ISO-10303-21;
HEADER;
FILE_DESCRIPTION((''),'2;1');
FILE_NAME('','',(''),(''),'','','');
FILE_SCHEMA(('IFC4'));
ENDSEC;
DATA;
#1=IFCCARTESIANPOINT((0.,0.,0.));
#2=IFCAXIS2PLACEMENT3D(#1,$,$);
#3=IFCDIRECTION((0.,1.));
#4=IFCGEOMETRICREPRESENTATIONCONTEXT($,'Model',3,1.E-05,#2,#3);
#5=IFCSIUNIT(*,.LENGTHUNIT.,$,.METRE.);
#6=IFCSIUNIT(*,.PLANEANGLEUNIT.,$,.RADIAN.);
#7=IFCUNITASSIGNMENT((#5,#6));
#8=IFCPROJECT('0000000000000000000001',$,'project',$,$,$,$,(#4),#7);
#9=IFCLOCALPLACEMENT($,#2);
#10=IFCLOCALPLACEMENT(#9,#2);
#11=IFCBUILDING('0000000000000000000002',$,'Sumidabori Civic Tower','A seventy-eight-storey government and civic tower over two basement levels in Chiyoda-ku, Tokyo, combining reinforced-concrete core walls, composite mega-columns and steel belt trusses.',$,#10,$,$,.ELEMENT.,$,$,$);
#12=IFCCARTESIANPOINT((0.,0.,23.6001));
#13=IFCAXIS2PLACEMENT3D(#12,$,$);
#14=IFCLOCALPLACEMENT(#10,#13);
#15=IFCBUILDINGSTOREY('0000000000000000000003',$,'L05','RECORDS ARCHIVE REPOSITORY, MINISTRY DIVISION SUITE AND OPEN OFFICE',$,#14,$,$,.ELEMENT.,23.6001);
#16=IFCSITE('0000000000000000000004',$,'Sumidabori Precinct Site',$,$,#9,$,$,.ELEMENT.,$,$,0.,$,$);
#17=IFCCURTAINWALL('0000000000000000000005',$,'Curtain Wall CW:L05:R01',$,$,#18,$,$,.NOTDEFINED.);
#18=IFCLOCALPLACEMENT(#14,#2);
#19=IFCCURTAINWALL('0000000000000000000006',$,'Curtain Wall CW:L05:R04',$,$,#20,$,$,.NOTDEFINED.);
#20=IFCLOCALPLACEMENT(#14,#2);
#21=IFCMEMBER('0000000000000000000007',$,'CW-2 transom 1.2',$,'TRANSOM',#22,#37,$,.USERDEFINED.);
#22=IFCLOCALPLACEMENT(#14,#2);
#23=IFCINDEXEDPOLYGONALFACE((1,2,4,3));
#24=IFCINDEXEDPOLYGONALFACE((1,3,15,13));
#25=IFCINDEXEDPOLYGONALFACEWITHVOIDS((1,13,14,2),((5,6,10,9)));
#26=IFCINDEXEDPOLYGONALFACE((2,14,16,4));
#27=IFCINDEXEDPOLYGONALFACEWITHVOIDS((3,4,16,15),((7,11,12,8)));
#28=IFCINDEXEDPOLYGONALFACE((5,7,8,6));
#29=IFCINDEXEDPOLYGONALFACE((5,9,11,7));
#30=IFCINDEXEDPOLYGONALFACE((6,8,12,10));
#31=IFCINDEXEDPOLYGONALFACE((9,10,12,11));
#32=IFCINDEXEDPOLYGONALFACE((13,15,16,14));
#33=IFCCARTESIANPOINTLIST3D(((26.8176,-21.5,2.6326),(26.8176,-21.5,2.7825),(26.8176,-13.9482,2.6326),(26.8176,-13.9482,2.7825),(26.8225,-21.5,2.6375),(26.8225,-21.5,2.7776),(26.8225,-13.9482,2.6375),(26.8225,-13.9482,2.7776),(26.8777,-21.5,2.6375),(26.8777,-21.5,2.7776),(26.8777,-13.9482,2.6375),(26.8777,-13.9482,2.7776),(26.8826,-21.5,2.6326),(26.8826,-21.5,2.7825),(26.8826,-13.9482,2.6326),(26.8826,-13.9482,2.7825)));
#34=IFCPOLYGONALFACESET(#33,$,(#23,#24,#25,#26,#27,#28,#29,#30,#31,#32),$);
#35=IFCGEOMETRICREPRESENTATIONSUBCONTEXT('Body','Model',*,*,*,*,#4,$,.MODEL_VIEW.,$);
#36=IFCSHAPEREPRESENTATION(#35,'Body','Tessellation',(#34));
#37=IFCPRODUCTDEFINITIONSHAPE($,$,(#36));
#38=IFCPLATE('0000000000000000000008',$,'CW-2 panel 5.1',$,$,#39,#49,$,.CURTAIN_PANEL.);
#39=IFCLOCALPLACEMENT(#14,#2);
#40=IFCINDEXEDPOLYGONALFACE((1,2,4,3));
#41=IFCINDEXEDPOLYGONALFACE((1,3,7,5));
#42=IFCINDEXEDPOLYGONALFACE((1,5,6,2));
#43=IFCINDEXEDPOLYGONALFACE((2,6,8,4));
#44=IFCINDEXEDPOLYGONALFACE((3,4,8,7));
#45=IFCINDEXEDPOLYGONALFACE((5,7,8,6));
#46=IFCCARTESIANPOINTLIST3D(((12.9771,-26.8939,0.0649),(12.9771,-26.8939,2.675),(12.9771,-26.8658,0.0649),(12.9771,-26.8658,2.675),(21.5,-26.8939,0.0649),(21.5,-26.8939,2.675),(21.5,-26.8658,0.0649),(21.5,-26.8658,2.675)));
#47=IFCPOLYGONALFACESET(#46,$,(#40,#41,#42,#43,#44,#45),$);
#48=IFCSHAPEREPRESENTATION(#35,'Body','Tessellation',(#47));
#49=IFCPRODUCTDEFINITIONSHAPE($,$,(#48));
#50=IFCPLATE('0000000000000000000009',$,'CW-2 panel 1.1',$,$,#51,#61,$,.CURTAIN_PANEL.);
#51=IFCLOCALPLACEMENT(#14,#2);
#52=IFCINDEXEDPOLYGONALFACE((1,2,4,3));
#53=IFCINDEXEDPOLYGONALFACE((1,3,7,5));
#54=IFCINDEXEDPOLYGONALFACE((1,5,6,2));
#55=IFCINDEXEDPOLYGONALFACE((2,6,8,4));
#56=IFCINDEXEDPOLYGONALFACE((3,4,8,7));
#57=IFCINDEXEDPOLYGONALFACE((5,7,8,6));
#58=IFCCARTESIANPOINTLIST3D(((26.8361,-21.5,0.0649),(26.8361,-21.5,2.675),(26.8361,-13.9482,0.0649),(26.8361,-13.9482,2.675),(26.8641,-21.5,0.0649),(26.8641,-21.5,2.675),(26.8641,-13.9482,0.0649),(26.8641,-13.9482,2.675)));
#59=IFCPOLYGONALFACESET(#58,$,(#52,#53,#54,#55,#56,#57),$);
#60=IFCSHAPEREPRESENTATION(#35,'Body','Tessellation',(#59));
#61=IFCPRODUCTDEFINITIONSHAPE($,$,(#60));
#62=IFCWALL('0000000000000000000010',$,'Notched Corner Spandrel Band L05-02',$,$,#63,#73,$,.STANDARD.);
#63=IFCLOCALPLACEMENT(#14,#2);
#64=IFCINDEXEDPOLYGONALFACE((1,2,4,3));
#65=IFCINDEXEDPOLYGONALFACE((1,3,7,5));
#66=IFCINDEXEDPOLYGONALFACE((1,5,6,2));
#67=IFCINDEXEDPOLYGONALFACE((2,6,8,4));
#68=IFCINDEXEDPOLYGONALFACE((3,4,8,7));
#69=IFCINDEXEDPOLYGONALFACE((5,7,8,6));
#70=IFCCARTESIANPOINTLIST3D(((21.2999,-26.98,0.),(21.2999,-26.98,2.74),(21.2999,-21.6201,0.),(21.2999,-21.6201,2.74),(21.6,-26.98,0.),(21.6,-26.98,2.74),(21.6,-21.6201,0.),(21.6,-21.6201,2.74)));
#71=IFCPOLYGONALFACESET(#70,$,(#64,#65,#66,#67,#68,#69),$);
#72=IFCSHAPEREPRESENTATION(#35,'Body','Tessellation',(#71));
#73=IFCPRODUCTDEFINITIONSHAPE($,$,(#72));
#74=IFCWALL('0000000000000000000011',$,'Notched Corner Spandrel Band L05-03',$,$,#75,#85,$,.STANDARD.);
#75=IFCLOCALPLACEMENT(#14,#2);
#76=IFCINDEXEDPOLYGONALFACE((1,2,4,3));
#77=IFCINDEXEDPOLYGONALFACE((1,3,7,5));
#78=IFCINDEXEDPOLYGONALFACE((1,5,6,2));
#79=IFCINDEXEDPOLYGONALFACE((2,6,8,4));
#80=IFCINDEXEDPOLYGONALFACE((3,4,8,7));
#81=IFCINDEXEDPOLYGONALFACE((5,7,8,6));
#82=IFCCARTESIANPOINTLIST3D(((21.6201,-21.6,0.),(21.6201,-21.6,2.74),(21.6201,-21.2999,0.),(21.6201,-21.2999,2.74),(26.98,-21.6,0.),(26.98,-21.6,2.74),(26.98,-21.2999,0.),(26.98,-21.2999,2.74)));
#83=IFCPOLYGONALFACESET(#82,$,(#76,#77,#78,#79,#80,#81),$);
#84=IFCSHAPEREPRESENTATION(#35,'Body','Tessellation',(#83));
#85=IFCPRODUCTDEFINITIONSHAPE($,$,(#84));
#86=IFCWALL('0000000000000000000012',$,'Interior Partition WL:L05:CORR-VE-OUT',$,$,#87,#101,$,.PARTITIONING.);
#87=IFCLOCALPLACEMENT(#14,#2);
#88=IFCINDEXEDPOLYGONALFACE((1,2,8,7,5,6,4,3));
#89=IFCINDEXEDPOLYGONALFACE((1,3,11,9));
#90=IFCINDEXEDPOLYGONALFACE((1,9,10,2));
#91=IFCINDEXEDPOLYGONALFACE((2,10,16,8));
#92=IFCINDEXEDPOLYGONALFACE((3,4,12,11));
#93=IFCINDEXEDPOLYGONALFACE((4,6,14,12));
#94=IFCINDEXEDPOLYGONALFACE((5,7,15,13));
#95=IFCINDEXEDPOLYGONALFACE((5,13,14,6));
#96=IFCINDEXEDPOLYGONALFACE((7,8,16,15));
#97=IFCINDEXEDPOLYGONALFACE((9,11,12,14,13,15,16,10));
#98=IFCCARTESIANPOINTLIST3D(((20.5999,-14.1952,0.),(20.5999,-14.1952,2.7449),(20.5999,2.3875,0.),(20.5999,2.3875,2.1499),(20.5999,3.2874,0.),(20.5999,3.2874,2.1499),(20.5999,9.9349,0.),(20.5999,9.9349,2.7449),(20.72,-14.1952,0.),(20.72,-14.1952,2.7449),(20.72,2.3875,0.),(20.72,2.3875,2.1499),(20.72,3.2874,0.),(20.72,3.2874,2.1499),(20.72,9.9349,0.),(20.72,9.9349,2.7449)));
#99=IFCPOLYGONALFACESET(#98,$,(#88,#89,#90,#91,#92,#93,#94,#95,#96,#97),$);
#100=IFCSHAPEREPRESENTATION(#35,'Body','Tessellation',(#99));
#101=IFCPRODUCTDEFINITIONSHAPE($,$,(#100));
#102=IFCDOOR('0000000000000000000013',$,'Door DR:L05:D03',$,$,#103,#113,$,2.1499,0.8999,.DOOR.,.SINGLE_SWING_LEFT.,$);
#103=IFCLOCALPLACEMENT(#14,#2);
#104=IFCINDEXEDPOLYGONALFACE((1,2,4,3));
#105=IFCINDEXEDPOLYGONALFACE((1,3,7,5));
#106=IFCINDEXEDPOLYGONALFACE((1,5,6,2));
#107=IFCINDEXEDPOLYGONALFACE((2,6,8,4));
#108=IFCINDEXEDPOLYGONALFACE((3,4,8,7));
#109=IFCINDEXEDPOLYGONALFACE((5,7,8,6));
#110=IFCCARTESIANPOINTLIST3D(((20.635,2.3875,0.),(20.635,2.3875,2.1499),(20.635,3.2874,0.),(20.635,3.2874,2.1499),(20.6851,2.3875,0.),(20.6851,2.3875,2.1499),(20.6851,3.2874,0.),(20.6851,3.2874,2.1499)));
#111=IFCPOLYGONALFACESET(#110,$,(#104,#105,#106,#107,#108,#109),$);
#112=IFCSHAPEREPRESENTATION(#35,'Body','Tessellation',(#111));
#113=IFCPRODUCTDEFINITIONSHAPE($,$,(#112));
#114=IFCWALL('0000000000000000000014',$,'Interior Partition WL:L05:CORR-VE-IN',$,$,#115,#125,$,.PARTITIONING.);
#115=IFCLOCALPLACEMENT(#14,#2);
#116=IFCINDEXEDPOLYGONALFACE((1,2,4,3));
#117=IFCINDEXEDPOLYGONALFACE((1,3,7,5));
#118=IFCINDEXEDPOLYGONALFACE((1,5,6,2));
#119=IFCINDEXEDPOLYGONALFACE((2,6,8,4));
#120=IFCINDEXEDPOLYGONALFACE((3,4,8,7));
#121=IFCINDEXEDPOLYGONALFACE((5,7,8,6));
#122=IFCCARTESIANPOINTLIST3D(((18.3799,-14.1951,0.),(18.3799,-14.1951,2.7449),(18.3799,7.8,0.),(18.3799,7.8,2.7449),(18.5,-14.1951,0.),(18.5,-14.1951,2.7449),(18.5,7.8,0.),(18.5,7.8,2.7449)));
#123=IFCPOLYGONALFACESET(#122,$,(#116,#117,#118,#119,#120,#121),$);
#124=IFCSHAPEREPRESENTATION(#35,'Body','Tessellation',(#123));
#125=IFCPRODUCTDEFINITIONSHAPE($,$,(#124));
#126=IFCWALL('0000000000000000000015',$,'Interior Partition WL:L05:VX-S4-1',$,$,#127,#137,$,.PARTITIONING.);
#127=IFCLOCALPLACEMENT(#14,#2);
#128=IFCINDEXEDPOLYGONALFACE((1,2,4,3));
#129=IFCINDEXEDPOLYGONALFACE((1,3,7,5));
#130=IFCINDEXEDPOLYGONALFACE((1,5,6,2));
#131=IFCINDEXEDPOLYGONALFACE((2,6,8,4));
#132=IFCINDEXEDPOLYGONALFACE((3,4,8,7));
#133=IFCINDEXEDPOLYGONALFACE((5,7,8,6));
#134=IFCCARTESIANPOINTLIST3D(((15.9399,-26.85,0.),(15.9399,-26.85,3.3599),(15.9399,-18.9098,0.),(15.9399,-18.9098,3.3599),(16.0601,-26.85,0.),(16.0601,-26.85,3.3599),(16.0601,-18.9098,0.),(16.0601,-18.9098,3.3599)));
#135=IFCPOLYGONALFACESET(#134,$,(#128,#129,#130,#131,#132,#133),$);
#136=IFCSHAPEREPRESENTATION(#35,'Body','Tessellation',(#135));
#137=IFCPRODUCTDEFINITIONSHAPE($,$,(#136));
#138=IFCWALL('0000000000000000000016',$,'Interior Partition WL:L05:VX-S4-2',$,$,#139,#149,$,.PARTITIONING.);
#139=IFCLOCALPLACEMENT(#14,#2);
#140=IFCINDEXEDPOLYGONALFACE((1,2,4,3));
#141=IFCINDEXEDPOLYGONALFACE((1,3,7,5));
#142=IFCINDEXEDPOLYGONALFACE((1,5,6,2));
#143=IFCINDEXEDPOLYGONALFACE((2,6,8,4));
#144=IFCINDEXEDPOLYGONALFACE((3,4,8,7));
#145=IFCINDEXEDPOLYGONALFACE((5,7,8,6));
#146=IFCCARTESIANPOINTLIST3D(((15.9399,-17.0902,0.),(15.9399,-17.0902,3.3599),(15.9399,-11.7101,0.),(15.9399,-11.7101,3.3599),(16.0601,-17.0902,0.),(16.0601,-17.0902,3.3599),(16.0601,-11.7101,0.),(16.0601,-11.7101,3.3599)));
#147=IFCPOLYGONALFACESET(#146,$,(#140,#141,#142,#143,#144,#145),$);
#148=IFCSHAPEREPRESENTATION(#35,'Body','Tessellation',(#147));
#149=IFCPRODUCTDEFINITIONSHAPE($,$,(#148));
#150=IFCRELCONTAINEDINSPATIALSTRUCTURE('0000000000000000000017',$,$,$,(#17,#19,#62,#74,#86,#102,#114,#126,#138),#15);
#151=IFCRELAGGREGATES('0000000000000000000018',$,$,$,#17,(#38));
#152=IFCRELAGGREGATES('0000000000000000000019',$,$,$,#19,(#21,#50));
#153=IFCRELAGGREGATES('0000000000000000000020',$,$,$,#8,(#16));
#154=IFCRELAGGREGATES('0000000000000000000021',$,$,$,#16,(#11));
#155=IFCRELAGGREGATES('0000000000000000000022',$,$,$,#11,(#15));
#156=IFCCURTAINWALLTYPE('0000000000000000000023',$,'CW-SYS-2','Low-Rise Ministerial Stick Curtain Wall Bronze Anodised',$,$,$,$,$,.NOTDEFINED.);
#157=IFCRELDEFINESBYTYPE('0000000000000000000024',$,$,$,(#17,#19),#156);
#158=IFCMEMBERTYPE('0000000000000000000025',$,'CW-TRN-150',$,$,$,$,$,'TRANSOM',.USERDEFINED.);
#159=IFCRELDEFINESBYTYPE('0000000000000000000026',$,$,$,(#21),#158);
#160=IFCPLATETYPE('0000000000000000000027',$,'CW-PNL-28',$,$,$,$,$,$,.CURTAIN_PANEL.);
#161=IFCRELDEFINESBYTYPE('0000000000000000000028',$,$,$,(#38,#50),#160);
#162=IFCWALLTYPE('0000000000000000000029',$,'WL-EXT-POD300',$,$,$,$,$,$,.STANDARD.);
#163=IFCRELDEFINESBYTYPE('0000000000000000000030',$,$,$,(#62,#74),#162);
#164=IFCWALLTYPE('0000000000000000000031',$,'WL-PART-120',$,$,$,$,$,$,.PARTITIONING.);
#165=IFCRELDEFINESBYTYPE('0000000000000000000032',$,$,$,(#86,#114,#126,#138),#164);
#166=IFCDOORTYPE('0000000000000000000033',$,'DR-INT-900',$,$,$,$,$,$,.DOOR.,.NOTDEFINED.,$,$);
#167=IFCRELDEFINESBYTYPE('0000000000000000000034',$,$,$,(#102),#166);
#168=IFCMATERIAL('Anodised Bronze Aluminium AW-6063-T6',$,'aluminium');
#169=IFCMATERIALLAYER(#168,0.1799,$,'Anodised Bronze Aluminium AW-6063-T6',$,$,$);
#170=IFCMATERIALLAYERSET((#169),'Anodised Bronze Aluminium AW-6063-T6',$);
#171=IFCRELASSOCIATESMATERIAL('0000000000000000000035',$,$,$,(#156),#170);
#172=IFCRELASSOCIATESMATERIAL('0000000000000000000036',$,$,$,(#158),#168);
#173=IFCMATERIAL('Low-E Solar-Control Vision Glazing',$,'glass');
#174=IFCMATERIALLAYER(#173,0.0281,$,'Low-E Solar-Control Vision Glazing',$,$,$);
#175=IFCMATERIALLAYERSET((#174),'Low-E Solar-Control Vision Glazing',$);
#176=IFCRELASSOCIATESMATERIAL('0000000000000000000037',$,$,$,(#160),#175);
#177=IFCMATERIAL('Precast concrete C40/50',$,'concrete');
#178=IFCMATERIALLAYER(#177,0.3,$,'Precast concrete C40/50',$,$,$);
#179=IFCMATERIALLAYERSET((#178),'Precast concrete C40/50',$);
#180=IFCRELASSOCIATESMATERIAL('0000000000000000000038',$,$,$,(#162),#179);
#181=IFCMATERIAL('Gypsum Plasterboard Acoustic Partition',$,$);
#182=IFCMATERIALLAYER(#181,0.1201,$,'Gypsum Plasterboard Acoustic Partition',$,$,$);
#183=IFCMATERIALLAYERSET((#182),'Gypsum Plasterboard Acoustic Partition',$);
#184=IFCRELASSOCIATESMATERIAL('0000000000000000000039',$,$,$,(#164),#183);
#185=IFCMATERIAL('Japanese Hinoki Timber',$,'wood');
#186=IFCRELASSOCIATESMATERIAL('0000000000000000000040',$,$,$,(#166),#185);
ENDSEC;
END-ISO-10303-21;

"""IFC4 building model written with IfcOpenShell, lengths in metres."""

from ifc_helpers import new_model, si_unit, direction, frame, frame_2d, origin, origin_2d, place, context, subcontext, project, spatial, rectangle, hollow_rectangle, extrude, source, transform, mapped, material, layer, layer_set, material_profile, profile_set, type_object, element, fill, aggregate, save


model = new_model("IFC4")

# Units and contexts
model_context = context("Model", 3, precision=1e-05, world=origin(), true_north=direction((0.0, 1.0)))
body_context = subcontext(model_context, "Body", "Model", "MODEL_VIEW")
ifc_project = project(units=[si_unit("LENGTHUNIT", "METRE"), si_unit("PLANEANGLEUNIT", "RADIAN")], contexts=[model_context])

# Site, building, storey
site_placement = place(None, origin())
site = spatial("IfcSite", under=ifc_project, at=site_placement, Name="Sumidabori Precinct Site", CompositionType="ELEMENT", RefElevation=0.0)
building_placement = place(site_placement, origin())
building = spatial("IfcBuilding", under=site, at=building_placement, Name="Sumidabori Civic Tower", Description="A seventy-eight-storey government and civic tower over two basement levels in Chiyoda-ku, Tokyo, combining reinforced-concrete core walls, composite mega-columns and steel belt trusses.", CompositionType="ELEMENT")
storey_placement = place(building_placement, frame((0.0, 0.0, 23.6001)))
storey = spatial("IfcBuildingStorey", under=building, at=storey_placement, Name="L05", Description="RECORDS ARCHIVE REPOSITORY, MINISTRY DIVISION SUITE AND OPEN OFFICE", CompositionType="ELEMENT", Elevation=23.6001)

# Curtain wall
ifc_material_1 = material(Name="Anodised Bronze Aluminium AW-6063-T6", Category="aluminium")
ifc_layer_1 = layer(ifc_material_1, 0.1799, Name="Anodised Bronze Aluminium AW-6063-T6")
ifc_layer_set_1 = layer_set([ifc_layer_1], Name="Anodised Bronze Aluminium AW-6063-T6")
curtain_wall_type = type_object("IfcCurtainWallType", Name="CW-SYS-2", Description="Low-Rise Ministerial Stick Curtain Wall Bronze Anodised", PredefinedType="NOTDEFINED", material=ifc_layer_set_1)
curtain_wall_1_placement = place(storey_placement, origin())
curtain_wall_1 = element("IfcCurtainWall", 1, at=curtain_wall_1_placement, inside=storey, type_object=curtain_wall_type, Name="Curtain Wall CW:L05:R01", PredefinedType="NOTDEFINED")

# Curtain wall, member
curtain_wall_2_placement = place(storey_placement, origin())
curtain_wall_2 = element("IfcCurtainWall", 2, at=curtain_wall_2_placement, inside=storey, type_object=curtain_wall_type, Name="Curtain Wall CW:L05:R04", PredefinedType="NOTDEFINED")
ifc_material_profile_1 = material_profile(ifc_material_1, hollow_rectangle(XDim=0.0649, YDim=0.1499, WallThickness=0.0049, at=origin_2d()), Name="ALU TRANSOM 150x65")
ifc_profile_set_1 = profile_set([ifc_material_profile_1], Name="Anodised Bronze Aluminium AW-6063-T6")
member_type_1 = type_object("IfcMemberType", Name="CW-TRN-150", ElementType="TRANSOM", PredefinedType="USERDEFINED", material=ifc_profile_set_1)
shared_shape_1 = source(origin(), body_context, "Body", "SweptSolid", [
    extrude(hollow_rectangle(XDim=0.0649, YDim=0.1499, WallThickness=0.0049, at=origin_2d()), origin(), (0.0, 0.0, 1.0), 7.5518),
])
member_1_placement = place(storey_placement, frame((26.8501, -21.5, 2.7075), z_axis=(0.0, 1.0, 0.0), x_axis=(-1.0, 0.0, 0.0)))
member_1 = element("IfcMember", 3, at=member_1_placement, type_object=member_type_1, Name="CW-2 transom 1.2", ObjectType="TRANSOM", PredefinedType="USERDEFINED", context=body_context, shape_type="MappedRepresentation", body=[
    mapped(shared_shape_1, transform((0.0, 0.0, 0.0), x_axis=(1.0, 0.0, 0.0), y_axis=(0.0, 1.0, 0.0), z_axis=(0.0, 0.0, 1.0), scale=1.0)),
])

# Plates
ifc_material_2 = material(Name="Low-E Solar-Control Vision Glazing", Category="glass")
ifc_layer_2 = layer(ifc_material_2, 0.0281, Name="Low-E Solar-Control Vision Glazing")
ifc_layer_set_2 = layer_set([ifc_layer_2], Name="Low-E Solar-Control Vision Glazing")
plate_type = type_object("IfcPlateType", Name="CW-PNL-28", PredefinedType="CURTAIN_PANEL", material=ifc_layer_set_2)
shared_shape_2 = source(origin(), body_context, "Body", "SweptSolid", [
    extrude(rectangle(XDim=8.5229, YDim=0.0281, at=origin_2d()), origin(), (0.0, 0.0, 1.0), 2.6101),
])
plate_1_placement = place(storey_placement, frame((17.2385, -26.8799, 0.0649), z_axis=(0.0, 0.0, 1.0), x_axis=(1.0, 0.0, 0.0)))
plate_1 = element("IfcPlate", 4, at=plate_1_placement, type_object=plate_type, Name="CW-2 panel 5.1", PredefinedType="CURTAIN_PANEL", context=body_context, shape_type="MappedRepresentation", body=[
    mapped(shared_shape_2, transform((0.0, 0.0, 0.0), x_axis=(1.0, 0.0, 0.0), y_axis=(0.0, 1.0, 0.0), z_axis=(0.0, 0.0, 1.0), scale=1.0)),
])
aggregate(curtain_wall_1, [plate_1])
shared_shape_3 = source(origin(), body_context, "Body", "SweptSolid", [
    extrude(rectangle(XDim=7.5518, YDim=0.0281, at=origin_2d()), origin(), (0.0, 0.0, 1.0), 2.6101),
])
plate_2_placement = place(storey_placement, frame((26.8501, -17.7241, 0.0649), z_axis=(0.0, 0.0, 1.0), x_axis=(0.0, 1.0, 0.0)))
plate_2 = element("IfcPlate", 5, at=plate_2_placement, type_object=plate_type, Name="CW-2 panel 1.1", PredefinedType="CURTAIN_PANEL", context=body_context, shape_type="MappedRepresentation", body=[
    mapped(shared_shape_3, transform((0.0, 0.0, 0.0), x_axis=(1.0, 0.0, 0.0), y_axis=(0.0, 1.0, 0.0), z_axis=(0.0, 0.0, 1.0), scale=1.0)),
])
aggregate(curtain_wall_2, [member_1, plate_2])

# Walls
ifc_material_3 = material(Name="Precast concrete C40/50", Category="concrete")
ifc_layer_3 = layer(ifc_material_3, 0.3, Name="Precast concrete C40/50")
ifc_layer_set_3 = layer_set([ifc_layer_3], Name="Precast concrete C40/50")
wall_type_1 = type_object("IfcWallType", Name="WL-EXT-POD300", PredefinedType="STANDARD", material=ifc_layer_set_3)
shared_shape_4 = source(origin(), body_context, "Body", "SweptSolid", [
    extrude(rectangle(XDim=5.3599, YDim=0.3, at=frame_2d((2.6799, 0.0))), origin(), (0.0, 0.0, 1.0), 2.74),
])
for number, where, z_axis, x_axis, name in (
    (6, (21.45, -26.98, 0.0), (0.0, 0.0, 1.0), (0.0, 1.0, 0.0), "Notched Corner Spandrel Band L05-02"),
    (7, (21.6201, -21.45, 0.0), (0.0, 0.0, 1.0), (1.0, 0.0, 0.0), "Notched Corner Spandrel Band L05-03"),
):
    element("IfcWall", number, at=place(storey_placement, frame(where, z_axis=z_axis, x_axis=x_axis)), inside=storey, type_object=wall_type_1, Name=name, PredefinedType="STANDARD", context=body_context, shape_type="MappedRepresentation", body=[
        mapped(shared_shape_4, transform((0.0, 0.0, 0.0), x_axis=(1.0, 0.0, 0.0), y_axis=(0.0, 1.0, 0.0), z_axis=(0.0, 0.0, 1.0), scale=1.0)),
    ])

# Wall, opening, door
ifc_material_4 = material(Name="Gypsum Plasterboard Acoustic Partition")
ifc_layer_4 = layer(ifc_material_4, 0.1201, Name="Gypsum Plasterboard Acoustic Partition")
ifc_layer_set_4 = layer_set([ifc_layer_4], Name="Gypsum Plasterboard Acoustic Partition")
wall_type_2 = type_object("IfcWallType", Name="WL-PART-120", PredefinedType="PARTITIONING", material=ifc_layer_set_4)
ifc_material_5 = material(Name="Japanese Hinoki Timber", Category="wood")
door_type = type_object("IfcDoorType", Name="DR-INT-900", OperationType="NOTDEFINED", PredefinedType="DOOR", material=ifc_material_5)
shared_shape_5 = source(origin(), body_context, "Body", "SweptSolid", [
    extrude(rectangle(XDim=0.8999, YDim=2.1499, at=frame_2d((0.45, 1.075))), frame((0.0, 0.0249, 0.0), z_axis=(0.0, -1.0, 0.0), x_axis=(1.0, 0.0, 0.0)), (0.0, 0.0, 1.0), 0.05),
])
shared_shape_6 = source(origin(), body_context, "Body", "SweptSolid", [
    extrude(rectangle(XDim=24.1301, YDim=0.1201, at=frame_2d((12.0649, 0.0))), origin(), (0.0, 0.0, 1.0), 2.7449),
])
wall_1_placement = place(storey_placement, frame((20.6599, -14.1951, 0.0), z_axis=(0.0, 0.0, 1.0), x_axis=(0.0, 1.0, 0.0)))
wall_1 = element("IfcWall", 8, at=wall_1_placement, inside=storey, type_object=wall_type_2, Name="Interior Partition WL:L05:CORR-VE-OUT", PredefinedType="PARTITIONING", context=body_context, shape_type="MappedRepresentation", body=[
    mapped(shared_shape_6, transform((0.0, 0.0, 0.0), x_axis=(1.0, 0.0, 0.0), y_axis=(0.0, 1.0, 0.0), z_axis=(0.0, 0.0, 1.0), scale=1.0)),
])
opening_1_placement = place(wall_1_placement, frame((16.5825, 0.0, 0.0)))
opening_1 = element("IfcOpeningElement", 9, at=opening_1_placement, cuts=wall_1, PredefinedType="OPENING", context=body_context, shape_type="SweptSolid", body=[
    extrude(rectangle(XDim=0.8999, YDim=2.1499, at=frame_2d((0.45, 1.075))), frame((0.0, 0.072, 0.0), z_axis=(0.0, -1.0, 0.0), x_axis=(1.0, 0.0, 0.0)), (0.0, 0.0, 1.0), 0.144),
])
door_1_placement = place(opening_1_placement, origin())
door_1 = element("IfcDoor", 10, at=door_1_placement, inside=storey, type_object=door_type, Name="Door DR:L05:D03", OperationType="SINGLE_SWING_LEFT", OverallHeight=2.1499, OverallWidth=0.8999, PredefinedType="DOOR", context=body_context, shape_type="MappedRepresentation", body=[
    mapped(shared_shape_5, transform((0.0, 0.0, 0.0), x_axis=(1.0, 0.0, 0.0), y_axis=(0.0, 1.0, 0.0), z_axis=(0.0, 0.0, 1.0), scale=1.0)),
])
fill(opening_1, door_1)

# Walls
shared_shape_7 = source(origin(), body_context, "Body", "SweptSolid", [
    extrude(rectangle(XDim=21.9951, YDim=0.1201, at=frame_2d((10.9976, 0.0))), origin(), (0.0, 0.0, 1.0), 2.7449),
])
wall_2_placement = place(storey_placement, frame((18.4399, -14.1951, 0.0), z_axis=(0.0, 0.0, 1.0), x_axis=(0.0, 1.0, 0.0)))
element("IfcWall", 11, at=wall_2_placement, inside=storey, type_object=wall_type_2, Name="Interior Partition WL:L05:CORR-VE-IN", PredefinedType="PARTITIONING", context=body_context, shape_type="MappedRepresentation", body=[
    mapped(shared_shape_7, transform((0.0, 0.0, 0.0), x_axis=(1.0, 0.0, 0.0), y_axis=(0.0, 1.0, 0.0), z_axis=(0.0, 0.0, 1.0), scale=1.0)),
])
shared_shape_8 = source(origin(), body_context, "Body", "SweptSolid", [
    extrude(rectangle(XDim=7.9402, YDim=0.1201, at=frame_2d((3.9702, 0.0))), origin(), (0.0, 0.0, 1.0), 3.3599),
])
wall_3_placement = place(storey_placement, frame((16.0, -26.8501, 0.0), z_axis=(0.0, 0.0, 1.0), x_axis=(0.0, 1.0, 0.0)))
element("IfcWall", 12, at=wall_3_placement, inside=storey, type_object=wall_type_2, Name="Interior Partition WL:L05:VX-S4-1", PredefinedType="PARTITIONING", context=body_context, shape_type="MappedRepresentation", body=[
    mapped(shared_shape_8, transform((0.0, 0.0, 0.0), x_axis=(1.0, 0.0, 0.0), y_axis=(0.0, 1.0, 0.0), z_axis=(0.0, 0.0, 1.0), scale=1.0)),
])
shared_shape_9 = source(origin(), body_context, "Body", "SweptSolid", [
    extrude(rectangle(XDim=5.3801, YDim=0.1201, at=frame_2d((2.6899, 0.0))), origin(), (0.0, 0.0, 1.0), 3.3599),
])
wall_4_placement = place(storey_placement, frame((16.0, -17.0901, 0.0), z_axis=(0.0, 0.0, 1.0), x_axis=(0.0, 1.0, 0.0)))
element("IfcWall", 13, at=wall_4_placement, inside=storey, type_object=wall_type_2, Name="Interior Partition WL:L05:VX-S4-2", PredefinedType="PARTITIONING", context=body_context, shape_type="MappedRepresentation", body=[
    mapped(shared_shape_9, transform((0.0, 0.0, 0.0), x_axis=(1.0, 0.0, 0.0), y_axis=(0.0, 1.0, 0.0), z_axis=(0.0, 0.0, 1.0), scale=1.0)),
])

save(model, "model.ifc")
